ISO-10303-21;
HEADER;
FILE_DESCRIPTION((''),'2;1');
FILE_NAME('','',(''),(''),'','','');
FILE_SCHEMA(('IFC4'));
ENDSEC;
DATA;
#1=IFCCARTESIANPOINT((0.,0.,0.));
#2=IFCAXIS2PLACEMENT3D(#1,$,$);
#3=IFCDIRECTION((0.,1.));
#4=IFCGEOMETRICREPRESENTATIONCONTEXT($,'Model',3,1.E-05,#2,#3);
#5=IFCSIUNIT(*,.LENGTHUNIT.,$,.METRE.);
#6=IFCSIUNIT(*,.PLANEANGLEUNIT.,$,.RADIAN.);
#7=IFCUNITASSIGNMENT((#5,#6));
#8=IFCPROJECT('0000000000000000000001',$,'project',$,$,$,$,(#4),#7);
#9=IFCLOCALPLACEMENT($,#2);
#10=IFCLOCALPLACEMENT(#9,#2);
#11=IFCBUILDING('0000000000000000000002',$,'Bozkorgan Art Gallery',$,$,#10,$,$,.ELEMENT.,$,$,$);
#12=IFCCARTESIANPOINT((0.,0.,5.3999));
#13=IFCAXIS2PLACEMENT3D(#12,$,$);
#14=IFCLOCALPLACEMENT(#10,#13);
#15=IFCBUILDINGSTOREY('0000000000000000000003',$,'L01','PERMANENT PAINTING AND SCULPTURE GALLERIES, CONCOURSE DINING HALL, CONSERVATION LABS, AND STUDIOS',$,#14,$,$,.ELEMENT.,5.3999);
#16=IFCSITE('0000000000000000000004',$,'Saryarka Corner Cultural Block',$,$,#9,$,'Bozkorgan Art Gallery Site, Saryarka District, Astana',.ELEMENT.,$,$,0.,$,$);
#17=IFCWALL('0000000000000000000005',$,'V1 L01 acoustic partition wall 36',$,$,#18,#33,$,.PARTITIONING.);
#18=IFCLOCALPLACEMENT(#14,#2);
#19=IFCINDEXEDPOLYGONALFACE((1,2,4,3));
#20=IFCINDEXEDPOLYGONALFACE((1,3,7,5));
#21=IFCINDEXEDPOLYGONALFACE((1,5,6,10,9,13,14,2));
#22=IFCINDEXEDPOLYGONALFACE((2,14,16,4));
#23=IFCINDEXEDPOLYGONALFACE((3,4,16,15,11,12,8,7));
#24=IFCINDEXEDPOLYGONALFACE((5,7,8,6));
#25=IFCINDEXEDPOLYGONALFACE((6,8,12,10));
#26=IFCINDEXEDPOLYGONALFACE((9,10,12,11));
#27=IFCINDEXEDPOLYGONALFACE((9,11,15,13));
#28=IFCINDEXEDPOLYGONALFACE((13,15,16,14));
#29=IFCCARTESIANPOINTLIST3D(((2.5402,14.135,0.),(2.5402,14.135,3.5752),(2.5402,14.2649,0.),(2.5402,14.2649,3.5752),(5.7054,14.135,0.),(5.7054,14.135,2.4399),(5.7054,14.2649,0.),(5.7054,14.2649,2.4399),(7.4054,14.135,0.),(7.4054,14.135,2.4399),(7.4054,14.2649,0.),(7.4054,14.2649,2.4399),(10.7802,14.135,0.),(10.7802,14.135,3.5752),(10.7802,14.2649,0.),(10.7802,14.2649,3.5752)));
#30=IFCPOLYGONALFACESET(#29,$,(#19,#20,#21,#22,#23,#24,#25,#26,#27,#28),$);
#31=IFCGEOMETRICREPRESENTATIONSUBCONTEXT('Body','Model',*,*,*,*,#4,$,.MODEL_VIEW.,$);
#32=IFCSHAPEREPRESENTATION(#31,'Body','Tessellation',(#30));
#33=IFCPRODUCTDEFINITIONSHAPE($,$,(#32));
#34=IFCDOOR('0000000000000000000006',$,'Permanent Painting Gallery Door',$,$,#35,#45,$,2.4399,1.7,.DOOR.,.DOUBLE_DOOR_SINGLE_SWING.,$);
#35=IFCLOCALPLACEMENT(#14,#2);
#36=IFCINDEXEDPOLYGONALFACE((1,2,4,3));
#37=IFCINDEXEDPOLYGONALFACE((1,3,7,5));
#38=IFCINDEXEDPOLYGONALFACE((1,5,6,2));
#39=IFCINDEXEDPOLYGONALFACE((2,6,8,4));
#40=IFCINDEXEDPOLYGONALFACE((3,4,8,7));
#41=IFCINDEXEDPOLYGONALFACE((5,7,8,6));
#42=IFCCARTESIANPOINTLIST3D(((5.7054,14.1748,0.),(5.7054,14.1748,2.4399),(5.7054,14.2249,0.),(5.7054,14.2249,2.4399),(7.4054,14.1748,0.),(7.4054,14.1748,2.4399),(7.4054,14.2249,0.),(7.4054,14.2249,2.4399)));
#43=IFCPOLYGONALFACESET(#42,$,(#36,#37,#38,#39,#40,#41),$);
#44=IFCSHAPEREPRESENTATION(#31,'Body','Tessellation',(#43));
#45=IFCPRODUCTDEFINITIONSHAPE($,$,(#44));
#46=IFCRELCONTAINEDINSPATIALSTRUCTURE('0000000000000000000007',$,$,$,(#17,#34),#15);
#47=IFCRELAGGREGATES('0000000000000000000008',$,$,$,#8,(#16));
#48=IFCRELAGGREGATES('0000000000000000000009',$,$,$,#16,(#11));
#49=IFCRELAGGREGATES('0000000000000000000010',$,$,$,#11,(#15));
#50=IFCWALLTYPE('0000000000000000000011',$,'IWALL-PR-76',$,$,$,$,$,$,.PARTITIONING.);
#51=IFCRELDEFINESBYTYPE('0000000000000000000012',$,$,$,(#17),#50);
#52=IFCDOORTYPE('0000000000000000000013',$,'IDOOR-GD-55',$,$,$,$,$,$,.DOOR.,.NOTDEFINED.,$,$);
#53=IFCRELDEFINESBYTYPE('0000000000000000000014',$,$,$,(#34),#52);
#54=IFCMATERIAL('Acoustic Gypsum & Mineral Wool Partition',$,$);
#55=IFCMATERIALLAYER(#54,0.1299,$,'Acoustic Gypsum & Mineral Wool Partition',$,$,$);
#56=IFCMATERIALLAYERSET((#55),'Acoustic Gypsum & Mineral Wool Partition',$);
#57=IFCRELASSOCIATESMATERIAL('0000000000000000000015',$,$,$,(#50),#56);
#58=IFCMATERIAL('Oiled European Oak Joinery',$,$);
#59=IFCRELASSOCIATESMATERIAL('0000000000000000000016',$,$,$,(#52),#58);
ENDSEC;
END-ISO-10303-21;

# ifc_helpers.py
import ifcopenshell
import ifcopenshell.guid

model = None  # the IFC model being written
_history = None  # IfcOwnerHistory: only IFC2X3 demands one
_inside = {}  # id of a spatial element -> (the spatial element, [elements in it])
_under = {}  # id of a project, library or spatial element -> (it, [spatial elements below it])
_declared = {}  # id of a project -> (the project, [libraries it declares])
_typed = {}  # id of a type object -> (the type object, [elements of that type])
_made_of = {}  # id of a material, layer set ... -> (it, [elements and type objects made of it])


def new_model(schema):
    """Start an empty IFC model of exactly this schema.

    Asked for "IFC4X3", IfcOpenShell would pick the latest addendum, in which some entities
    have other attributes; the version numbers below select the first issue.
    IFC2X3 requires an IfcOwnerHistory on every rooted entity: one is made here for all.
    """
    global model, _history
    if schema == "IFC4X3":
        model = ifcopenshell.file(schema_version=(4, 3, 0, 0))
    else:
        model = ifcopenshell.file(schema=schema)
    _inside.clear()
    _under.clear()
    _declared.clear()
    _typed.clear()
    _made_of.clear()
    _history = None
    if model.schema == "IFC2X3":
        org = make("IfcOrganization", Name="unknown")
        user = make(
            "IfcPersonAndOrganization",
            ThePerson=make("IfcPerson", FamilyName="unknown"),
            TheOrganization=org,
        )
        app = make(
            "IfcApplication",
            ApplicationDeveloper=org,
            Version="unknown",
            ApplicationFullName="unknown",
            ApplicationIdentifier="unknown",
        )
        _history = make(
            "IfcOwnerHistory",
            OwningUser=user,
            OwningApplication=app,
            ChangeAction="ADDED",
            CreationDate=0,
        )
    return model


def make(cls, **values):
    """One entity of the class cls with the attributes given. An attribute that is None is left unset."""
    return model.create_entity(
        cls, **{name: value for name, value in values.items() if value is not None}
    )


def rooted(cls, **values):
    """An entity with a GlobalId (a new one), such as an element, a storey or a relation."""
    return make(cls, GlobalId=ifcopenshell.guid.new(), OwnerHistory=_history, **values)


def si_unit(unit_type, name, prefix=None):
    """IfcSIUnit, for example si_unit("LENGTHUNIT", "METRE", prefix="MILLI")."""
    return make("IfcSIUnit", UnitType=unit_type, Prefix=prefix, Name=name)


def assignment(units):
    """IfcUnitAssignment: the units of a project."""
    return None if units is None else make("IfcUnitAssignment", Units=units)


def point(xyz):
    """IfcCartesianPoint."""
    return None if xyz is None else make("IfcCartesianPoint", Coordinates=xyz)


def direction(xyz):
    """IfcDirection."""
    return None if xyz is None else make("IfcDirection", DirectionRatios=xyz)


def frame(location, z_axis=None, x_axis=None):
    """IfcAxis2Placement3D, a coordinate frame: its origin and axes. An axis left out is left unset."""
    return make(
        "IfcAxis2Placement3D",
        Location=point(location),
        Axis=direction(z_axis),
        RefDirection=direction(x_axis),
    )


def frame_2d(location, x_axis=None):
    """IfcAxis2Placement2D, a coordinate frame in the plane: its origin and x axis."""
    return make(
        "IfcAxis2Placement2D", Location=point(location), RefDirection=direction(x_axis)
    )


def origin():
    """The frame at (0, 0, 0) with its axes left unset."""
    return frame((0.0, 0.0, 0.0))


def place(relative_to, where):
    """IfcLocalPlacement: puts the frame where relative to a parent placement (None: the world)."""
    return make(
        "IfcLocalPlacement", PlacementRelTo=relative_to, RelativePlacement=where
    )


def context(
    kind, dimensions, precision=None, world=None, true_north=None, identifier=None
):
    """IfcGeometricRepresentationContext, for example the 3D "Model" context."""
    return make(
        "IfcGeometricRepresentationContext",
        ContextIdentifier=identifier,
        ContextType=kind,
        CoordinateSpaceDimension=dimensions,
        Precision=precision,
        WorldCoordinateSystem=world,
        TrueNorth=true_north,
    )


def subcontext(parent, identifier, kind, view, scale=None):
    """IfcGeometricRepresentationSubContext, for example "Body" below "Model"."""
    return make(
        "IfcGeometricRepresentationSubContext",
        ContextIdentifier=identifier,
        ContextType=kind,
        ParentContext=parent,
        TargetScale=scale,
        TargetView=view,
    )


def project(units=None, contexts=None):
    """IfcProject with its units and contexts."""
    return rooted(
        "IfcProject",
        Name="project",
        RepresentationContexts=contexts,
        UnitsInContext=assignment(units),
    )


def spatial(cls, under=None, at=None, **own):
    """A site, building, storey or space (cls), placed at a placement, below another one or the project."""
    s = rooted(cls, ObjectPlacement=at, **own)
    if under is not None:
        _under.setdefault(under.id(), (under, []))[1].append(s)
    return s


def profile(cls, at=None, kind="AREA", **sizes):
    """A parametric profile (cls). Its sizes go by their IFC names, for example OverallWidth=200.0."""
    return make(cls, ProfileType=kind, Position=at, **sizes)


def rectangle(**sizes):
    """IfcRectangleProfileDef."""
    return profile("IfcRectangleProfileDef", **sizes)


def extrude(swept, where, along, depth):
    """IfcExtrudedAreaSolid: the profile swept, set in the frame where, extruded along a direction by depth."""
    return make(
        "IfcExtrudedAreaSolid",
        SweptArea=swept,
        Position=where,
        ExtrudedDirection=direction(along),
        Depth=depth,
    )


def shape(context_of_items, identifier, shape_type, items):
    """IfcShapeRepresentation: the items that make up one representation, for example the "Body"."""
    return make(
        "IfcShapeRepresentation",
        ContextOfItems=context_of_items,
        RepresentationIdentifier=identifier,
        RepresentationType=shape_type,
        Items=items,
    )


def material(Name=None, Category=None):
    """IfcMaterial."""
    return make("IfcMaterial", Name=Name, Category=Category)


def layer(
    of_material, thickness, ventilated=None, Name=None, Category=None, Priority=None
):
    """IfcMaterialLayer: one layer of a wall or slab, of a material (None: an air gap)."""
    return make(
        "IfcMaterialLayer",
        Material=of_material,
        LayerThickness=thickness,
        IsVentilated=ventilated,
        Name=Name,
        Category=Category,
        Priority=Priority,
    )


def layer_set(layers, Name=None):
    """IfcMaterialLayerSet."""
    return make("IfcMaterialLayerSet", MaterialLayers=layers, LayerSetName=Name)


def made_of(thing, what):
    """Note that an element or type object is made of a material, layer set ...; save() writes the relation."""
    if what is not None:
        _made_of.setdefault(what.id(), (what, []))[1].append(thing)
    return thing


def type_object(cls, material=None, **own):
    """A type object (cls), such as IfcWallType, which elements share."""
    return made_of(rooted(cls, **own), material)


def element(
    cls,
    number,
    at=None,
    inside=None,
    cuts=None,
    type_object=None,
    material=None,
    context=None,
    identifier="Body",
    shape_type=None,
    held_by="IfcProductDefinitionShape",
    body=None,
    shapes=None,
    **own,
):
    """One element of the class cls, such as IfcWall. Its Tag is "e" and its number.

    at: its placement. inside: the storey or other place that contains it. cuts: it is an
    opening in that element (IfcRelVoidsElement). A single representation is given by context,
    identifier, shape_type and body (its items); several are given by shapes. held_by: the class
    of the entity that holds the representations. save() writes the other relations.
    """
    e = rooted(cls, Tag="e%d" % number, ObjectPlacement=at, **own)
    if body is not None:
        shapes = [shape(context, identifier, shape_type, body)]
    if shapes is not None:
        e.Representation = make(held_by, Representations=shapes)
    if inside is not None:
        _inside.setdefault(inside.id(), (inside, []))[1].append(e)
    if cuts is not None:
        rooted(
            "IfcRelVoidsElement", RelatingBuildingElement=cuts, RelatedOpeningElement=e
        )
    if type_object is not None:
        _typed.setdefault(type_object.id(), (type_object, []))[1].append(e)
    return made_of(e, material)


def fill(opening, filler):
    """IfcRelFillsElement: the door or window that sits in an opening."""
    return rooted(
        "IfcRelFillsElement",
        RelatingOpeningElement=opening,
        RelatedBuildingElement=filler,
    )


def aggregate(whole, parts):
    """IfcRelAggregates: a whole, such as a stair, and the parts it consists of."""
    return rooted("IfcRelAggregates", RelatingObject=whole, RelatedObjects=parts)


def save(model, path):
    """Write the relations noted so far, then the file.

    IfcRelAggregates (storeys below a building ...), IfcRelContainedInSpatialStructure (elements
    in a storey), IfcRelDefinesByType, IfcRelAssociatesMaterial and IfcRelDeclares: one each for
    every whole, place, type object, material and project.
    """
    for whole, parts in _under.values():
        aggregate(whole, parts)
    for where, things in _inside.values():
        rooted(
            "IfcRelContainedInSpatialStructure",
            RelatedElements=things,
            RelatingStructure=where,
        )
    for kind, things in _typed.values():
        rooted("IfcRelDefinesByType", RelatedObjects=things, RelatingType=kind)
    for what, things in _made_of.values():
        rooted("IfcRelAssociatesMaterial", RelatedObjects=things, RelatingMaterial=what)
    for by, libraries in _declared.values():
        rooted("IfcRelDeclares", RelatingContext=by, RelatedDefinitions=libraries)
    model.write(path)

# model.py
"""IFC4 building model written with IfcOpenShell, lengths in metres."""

from ifc_helpers import new_model, si_unit, direction, frame, frame_2d, origin, place, context, subcontext, project, spatial, rectangle, extrude, material, layer, layer_set, type_object, element, fill, save


model = new_model("IFC4")

# Units and contexts
model_context = context("Model", 3, precision=1e-05, world=origin(), true_north=direction((0.0, 1.0)))
body_context = subcontext(model_context, "Body", "Model", "MODEL_VIEW")
ifc_project = project(units=[si_unit("LENGTHUNIT", "METRE"), si_unit("PLANEANGLEUNIT", "RADIAN")], contexts=[model_context])

# Site, building, storey
site_placement = place(None, origin())
site = spatial("IfcSite", under=ifc_project, at=site_placement, Name="Saryarka Corner Cultural Block", LongName="Bozkorgan Art Gallery Site, Saryarka District, Astana", CompositionType="ELEMENT", RefElevation=0.0)
building_placement = place(site_placement, origin())
building = spatial("IfcBuilding", under=site, at=building_placement, Name="Bozkorgan Art Gallery", CompositionType="ELEMENT")
storey_placement = place(building_placement, frame((0.0, 0.0, 5.3999)))
storey = spatial("IfcBuildingStorey", under=building, at=storey_placement, Name="L01", Description="PERMANENT PAINTING AND SCULPTURE GALLERIES, CONCOURSE DINING HALL, CONSERVATION LABS, AND STUDIOS", CompositionType="ELEMENT", Elevation=5.3999)

# Wall, opening, door
ifc_material_1 = material(Name="Acoustic Gypsum & Mineral Wool Partition")
ifc_layer_1 = layer(ifc_material_1, 0.1299, Name="Acoustic Gypsum & Mineral Wool Partition")
ifc_layer_set_1 = layer_set([ifc_layer_1], Name="Acoustic Gypsum & Mineral Wool Partition")
wall_type = type_object("IfcWallType", Name="IWALL-PR-76", PredefinedType="PARTITIONING", material=ifc_layer_set_1)
wall_placement = place(storey_placement, frame((2.54, 14.2, 0.0), z_axis=(0.0, 0.0, 1.0), x_axis=(1.0, 0.0, 0.0)))
wall = element("IfcWall", 1, at=wall_placement, inside=storey, type_object=wall_type, Name="V1 L01 acoustic partition wall 36", PredefinedType="PARTITIONING", context=body_context, shape_type="SweptSolid", body=[
    extrude(rectangle(XDim=8.24, YDim=0.1299, at=frame_2d((4.1201, 0.0))), origin(), (0.0, 0.0, 1.0), 3.5752),
])
opening_placement = place(wall_placement, frame((3.1653, 0.0, 0.0)))
opening = element("IfcOpeningElement", 2, at=opening_placement, cuts=wall, PredefinedType="OPENING", context=body_context, shape_type="SweptSolid", body=[
    extrude(rectangle(XDim=1.7, YDim=2.4399, at=frame_2d((0.8501, 1.22))), frame((0.0, 0.075, 0.0), z_axis=(0.0, -1.0, 0.0), x_axis=(1.0, 0.0, 0.0)), (0.0, 0.0, 1.0), 0.1499),
])
ifc_material_2 = material(Name="Oiled European Oak Joinery")
door_type = type_object("IfcDoorType", Name="IDOOR-GD-55", OperationType="NOTDEFINED", PredefinedType="DOOR", material=ifc_material_2)
door_placement = place(opening_placement, origin())
door = element("IfcDoor", 3, at=door_placement, inside=storey, type_object=door_type, Name="Permanent Painting Gallery Door", OperationType="DOUBLE_DOOR_SINGLE_SWING", OverallHeight=2.4399, OverallWidth=1.7, PredefinedType="DOOR", context=body_context, shape_type="SweptSolid", body=[
    extrude(rectangle(XDim=1.7, YDim=2.4399, at=frame_2d((0.8501, 1.22))), frame((0.0, 0.0249, 0.0), z_axis=(0.0, -1.0, 0.0), x_axis=(1.0, 0.0, 0.0)), (0.0, 0.0, 1.0), 0.05),
])
fill(opening, door)

save(model, "model.ifc")
